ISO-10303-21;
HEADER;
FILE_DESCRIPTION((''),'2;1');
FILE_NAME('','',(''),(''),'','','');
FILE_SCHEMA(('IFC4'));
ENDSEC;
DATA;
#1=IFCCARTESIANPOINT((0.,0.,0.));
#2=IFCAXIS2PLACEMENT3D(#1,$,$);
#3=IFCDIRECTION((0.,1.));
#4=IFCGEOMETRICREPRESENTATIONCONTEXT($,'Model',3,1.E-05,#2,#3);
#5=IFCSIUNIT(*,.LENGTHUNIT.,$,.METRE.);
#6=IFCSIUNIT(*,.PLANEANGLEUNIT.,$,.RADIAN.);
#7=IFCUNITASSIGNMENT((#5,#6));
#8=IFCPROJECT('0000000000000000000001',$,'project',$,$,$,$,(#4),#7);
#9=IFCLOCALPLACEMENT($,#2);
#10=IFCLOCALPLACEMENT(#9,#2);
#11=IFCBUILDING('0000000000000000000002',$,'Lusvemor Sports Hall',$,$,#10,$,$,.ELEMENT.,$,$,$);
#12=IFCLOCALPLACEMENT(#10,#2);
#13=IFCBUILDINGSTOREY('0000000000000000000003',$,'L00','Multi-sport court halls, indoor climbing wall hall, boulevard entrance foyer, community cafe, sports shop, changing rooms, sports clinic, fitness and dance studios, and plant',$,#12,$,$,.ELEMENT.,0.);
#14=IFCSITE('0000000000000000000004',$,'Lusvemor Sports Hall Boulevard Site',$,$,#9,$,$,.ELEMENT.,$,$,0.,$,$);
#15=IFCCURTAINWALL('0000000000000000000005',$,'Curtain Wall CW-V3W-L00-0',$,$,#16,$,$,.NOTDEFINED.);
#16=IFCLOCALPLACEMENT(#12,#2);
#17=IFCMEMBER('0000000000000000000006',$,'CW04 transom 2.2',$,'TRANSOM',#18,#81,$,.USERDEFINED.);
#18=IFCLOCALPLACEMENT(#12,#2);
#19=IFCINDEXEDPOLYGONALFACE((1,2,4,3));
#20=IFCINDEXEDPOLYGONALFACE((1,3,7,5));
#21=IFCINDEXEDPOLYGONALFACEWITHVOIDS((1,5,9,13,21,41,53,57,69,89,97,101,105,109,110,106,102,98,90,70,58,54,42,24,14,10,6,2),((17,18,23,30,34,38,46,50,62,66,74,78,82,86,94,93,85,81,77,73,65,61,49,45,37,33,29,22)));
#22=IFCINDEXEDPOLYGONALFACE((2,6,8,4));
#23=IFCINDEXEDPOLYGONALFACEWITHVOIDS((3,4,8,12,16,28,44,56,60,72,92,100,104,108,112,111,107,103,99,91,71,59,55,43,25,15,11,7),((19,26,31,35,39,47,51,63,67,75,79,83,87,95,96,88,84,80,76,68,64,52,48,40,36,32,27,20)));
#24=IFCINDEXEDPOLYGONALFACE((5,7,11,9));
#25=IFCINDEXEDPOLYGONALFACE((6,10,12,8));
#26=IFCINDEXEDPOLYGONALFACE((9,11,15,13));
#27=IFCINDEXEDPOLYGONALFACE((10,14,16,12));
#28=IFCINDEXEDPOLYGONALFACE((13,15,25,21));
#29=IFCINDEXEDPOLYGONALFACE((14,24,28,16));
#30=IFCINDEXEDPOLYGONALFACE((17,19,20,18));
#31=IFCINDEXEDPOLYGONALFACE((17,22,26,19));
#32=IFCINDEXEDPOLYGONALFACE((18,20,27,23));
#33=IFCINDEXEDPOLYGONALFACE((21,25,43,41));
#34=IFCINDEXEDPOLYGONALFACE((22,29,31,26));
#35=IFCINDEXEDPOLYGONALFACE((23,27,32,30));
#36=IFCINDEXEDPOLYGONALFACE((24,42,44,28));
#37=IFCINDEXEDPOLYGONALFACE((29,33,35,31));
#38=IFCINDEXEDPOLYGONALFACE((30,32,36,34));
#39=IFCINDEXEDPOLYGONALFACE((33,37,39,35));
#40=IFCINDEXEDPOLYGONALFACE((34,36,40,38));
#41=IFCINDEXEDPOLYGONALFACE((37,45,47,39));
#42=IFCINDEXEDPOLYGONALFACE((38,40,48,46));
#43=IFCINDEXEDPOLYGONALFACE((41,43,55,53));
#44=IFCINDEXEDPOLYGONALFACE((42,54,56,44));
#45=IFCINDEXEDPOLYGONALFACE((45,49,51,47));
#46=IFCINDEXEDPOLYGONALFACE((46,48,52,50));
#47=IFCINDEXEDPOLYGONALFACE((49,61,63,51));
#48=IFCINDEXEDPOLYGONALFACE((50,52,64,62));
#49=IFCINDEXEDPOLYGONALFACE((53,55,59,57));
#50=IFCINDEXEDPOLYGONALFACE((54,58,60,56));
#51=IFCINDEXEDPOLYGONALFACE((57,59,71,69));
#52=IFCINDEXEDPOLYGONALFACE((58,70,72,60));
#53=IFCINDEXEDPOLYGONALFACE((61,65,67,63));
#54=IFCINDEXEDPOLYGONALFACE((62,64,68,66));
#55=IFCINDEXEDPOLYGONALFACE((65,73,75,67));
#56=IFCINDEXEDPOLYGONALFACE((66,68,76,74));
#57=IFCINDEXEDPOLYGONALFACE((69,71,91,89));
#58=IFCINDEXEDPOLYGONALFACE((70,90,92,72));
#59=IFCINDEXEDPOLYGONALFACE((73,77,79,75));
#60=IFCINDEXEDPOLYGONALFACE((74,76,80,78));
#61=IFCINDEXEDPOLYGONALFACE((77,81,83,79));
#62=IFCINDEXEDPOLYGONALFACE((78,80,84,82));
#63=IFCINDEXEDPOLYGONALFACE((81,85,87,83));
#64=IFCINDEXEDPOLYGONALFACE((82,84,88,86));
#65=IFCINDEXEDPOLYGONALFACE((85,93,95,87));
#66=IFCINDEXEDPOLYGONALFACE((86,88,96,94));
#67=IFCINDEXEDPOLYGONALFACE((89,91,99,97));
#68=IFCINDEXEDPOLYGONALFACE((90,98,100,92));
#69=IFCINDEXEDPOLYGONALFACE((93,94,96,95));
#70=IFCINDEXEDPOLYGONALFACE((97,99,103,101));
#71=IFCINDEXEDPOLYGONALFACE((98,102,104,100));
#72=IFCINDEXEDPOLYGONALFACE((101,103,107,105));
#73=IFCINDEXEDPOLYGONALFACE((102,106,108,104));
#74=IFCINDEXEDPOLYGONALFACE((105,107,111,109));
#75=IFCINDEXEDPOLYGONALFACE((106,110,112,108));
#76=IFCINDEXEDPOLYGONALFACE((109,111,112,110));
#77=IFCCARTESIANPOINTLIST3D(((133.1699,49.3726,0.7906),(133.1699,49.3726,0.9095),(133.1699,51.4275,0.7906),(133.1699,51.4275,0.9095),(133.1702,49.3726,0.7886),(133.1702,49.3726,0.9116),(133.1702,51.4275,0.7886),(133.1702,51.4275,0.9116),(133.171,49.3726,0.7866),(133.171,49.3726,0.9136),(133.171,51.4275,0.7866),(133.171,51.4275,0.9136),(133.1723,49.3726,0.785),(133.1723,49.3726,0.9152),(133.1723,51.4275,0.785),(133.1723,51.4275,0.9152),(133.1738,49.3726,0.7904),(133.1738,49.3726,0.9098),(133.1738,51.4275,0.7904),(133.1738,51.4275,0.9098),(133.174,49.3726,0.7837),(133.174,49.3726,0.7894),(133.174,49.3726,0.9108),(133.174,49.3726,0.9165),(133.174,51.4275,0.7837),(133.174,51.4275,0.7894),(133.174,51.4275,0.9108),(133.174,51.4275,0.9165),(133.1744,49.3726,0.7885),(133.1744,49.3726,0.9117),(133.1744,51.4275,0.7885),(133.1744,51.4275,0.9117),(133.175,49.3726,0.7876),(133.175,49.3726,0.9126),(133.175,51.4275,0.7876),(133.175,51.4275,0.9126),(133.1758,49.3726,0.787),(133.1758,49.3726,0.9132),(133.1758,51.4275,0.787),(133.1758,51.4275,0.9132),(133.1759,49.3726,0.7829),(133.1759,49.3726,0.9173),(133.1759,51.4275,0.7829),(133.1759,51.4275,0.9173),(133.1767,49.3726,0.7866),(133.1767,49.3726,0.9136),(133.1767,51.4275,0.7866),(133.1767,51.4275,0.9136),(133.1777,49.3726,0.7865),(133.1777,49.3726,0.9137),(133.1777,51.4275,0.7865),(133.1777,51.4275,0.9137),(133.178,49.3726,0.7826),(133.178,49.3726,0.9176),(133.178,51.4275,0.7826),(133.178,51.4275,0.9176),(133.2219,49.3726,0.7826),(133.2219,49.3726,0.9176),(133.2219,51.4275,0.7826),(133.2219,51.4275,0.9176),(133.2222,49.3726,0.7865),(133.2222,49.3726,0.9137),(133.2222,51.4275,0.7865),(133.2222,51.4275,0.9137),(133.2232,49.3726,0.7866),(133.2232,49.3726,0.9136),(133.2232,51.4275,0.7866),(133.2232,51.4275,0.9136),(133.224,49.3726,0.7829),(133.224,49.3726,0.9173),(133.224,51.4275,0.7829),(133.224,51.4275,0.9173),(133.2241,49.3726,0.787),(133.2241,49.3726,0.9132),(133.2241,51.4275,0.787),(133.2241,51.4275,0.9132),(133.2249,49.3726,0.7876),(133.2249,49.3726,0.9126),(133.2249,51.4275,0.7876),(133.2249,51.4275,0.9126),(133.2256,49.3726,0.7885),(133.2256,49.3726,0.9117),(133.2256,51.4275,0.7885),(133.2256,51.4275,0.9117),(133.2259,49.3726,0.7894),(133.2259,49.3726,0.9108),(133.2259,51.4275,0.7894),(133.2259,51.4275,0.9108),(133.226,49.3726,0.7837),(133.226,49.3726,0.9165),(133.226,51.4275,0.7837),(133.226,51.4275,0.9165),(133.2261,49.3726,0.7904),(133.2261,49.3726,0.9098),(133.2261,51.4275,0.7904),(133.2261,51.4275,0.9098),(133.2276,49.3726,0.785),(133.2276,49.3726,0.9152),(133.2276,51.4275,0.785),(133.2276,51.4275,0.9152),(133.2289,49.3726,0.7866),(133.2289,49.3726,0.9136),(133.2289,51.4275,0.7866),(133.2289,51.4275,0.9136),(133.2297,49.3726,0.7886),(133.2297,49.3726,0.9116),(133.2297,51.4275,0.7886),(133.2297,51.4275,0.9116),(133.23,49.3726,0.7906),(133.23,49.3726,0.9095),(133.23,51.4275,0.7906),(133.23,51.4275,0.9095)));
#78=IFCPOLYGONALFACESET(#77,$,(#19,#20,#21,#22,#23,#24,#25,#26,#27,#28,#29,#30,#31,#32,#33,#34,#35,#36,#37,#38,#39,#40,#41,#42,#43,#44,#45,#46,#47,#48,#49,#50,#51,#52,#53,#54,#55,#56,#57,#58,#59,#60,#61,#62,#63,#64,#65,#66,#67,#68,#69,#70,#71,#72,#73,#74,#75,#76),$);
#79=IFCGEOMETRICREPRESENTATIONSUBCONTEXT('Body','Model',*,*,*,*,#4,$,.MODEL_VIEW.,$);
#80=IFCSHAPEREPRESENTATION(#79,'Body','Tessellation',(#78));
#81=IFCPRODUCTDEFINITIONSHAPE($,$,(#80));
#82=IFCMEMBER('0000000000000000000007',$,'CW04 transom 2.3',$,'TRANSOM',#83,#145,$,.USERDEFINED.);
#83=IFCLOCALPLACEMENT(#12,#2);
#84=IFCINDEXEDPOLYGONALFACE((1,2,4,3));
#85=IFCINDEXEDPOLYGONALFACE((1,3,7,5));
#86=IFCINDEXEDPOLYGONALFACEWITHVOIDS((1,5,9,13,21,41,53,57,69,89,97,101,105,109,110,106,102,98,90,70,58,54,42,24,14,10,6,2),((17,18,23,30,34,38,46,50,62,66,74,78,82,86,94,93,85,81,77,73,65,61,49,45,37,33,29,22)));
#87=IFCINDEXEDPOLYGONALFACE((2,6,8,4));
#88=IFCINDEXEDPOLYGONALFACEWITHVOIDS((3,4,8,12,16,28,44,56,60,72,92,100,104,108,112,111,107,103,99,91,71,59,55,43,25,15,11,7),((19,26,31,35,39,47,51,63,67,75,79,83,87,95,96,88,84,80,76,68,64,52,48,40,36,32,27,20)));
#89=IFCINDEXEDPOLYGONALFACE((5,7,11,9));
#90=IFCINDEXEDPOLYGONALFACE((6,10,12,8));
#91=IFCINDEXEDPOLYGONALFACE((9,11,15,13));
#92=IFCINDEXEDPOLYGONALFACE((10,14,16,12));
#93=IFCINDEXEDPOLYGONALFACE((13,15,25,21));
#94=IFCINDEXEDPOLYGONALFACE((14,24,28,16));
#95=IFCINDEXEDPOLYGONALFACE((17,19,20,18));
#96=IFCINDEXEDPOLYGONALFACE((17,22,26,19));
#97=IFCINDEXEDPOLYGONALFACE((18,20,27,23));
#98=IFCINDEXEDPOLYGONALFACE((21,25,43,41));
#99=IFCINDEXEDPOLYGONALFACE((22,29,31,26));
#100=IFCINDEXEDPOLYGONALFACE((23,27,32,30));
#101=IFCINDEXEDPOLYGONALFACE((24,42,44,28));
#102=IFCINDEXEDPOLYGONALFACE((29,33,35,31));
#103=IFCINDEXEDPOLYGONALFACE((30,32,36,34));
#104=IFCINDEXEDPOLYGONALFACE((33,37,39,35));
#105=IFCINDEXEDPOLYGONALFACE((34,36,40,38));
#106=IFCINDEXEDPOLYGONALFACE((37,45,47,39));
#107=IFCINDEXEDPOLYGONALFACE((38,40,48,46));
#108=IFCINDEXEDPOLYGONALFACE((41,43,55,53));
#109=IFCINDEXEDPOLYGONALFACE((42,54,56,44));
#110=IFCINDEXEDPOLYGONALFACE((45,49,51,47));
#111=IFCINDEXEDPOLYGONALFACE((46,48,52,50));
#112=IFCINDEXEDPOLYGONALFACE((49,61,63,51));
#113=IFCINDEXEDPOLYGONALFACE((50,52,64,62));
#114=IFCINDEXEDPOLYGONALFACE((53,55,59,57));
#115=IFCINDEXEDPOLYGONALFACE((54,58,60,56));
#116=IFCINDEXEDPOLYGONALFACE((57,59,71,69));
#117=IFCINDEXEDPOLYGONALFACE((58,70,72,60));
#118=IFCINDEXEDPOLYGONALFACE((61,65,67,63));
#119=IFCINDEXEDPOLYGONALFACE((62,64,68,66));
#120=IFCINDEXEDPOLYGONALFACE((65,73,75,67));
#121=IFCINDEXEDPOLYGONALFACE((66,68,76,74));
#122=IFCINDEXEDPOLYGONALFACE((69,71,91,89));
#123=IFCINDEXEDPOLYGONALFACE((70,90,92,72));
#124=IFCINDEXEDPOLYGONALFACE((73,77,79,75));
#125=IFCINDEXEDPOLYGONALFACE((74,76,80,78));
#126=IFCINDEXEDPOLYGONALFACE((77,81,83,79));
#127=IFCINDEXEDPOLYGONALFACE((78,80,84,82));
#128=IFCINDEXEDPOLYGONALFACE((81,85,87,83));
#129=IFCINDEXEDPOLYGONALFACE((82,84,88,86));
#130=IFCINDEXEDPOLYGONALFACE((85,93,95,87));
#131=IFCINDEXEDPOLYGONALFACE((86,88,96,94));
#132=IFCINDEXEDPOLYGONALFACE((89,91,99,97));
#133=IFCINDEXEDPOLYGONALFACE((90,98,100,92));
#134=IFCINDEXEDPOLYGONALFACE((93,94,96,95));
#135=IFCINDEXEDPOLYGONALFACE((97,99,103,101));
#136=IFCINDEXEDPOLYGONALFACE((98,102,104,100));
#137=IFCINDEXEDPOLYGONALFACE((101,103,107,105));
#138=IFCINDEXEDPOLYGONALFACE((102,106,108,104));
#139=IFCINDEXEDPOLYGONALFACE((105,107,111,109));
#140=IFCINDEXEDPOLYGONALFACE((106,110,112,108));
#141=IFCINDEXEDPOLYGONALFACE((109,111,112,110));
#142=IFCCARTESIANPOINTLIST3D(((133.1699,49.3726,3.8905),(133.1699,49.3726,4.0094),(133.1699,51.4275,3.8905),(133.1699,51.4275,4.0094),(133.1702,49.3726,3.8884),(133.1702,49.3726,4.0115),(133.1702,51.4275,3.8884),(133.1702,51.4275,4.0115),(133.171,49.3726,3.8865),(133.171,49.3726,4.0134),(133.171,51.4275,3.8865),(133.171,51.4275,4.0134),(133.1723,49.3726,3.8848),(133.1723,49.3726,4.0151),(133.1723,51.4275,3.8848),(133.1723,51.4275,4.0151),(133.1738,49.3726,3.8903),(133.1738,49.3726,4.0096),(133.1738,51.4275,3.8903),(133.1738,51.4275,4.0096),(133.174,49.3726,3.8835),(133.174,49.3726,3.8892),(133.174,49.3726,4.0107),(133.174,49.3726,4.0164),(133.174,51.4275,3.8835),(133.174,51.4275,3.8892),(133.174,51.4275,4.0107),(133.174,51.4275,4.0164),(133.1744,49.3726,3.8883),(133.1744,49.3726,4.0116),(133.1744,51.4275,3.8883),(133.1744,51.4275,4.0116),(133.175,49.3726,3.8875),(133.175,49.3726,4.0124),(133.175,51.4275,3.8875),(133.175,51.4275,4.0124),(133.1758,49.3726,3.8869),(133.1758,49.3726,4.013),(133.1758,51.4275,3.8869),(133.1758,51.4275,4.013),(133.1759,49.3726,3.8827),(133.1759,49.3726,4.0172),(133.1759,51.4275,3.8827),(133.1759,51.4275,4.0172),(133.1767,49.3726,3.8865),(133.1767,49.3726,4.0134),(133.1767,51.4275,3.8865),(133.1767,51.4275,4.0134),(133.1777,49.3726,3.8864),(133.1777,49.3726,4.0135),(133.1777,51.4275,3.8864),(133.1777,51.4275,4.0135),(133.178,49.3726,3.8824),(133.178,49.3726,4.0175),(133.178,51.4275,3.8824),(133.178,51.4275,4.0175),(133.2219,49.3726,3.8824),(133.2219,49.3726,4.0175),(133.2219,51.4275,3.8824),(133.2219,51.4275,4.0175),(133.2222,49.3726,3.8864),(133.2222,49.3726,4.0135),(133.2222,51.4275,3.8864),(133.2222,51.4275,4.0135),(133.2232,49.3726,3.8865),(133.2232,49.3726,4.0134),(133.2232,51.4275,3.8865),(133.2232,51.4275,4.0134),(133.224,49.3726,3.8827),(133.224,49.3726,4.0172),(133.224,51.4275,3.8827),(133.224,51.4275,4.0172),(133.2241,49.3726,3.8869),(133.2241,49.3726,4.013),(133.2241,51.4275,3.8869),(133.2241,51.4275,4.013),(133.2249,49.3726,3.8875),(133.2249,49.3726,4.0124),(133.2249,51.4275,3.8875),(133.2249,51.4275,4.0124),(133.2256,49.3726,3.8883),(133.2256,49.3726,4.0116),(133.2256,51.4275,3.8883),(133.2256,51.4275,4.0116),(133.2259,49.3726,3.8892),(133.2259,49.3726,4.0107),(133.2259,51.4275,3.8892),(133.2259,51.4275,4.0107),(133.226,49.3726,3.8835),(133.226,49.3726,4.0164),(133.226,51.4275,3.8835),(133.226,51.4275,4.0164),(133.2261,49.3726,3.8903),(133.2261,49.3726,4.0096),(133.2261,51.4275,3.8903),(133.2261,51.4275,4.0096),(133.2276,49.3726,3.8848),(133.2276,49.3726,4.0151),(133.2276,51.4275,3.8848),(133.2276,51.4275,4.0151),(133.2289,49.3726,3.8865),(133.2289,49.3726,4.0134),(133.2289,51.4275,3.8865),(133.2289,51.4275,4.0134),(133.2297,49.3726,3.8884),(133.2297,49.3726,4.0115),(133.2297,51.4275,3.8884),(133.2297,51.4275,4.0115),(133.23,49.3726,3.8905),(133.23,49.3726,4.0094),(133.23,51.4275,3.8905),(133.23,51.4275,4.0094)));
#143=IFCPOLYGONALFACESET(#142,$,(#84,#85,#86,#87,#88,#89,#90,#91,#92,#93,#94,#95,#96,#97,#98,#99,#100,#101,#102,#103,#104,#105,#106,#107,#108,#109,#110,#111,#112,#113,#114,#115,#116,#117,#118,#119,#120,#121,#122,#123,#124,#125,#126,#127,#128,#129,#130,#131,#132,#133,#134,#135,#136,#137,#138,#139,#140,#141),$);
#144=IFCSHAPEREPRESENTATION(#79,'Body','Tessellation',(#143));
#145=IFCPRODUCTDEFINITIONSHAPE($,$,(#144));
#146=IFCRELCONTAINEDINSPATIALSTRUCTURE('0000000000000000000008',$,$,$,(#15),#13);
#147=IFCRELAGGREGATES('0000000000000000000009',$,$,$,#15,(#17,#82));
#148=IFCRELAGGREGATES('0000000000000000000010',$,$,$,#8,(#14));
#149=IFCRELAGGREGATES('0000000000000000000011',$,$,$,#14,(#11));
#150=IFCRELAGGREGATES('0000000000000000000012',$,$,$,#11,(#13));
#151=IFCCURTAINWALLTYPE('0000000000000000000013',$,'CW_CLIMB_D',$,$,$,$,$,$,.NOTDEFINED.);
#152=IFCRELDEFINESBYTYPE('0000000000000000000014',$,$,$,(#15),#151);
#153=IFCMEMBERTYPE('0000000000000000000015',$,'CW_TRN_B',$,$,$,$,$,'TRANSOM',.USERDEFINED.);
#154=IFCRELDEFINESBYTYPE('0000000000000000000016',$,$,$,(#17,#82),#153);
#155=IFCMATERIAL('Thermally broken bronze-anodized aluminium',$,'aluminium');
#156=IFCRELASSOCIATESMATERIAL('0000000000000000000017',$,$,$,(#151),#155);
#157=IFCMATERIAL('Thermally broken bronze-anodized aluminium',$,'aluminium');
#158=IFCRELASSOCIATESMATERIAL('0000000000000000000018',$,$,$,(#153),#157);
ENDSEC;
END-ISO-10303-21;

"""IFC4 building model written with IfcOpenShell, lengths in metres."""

from ifc_helpers import new_model, si_unit, direction, frame, origin, origin_2d, place, context, subcontext, project, spatial, hollow_rectangle, extrude, material, material_profile, profile_set, type_object, element, aggregate, save


model = new_model("IFC4")

# Units and contexts
model_context = context("Model", 3, precision=1e-05, world=origin(), true_north=direction((0.0, 1.0)))
body_context = subcontext(model_context, "Body", "Model", "MODEL_VIEW")
ifc_project = project(units=[si_unit("LENGTHUNIT", "METRE"), si_unit("PLANEANGLEUNIT", "RADIAN")], contexts=[model_context])

# Site, building, storey
site_placement = place(None, origin())
site = spatial("IfcSite", under=ifc_project, at=site_placement, Name="Lusvemor Sports Hall Boulevard Site", CompositionType="ELEMENT", RefElevation=0.0)
building_placement = place(site_placement, origin())
building = spatial("IfcBuilding", under=site, at=building_placement, Name="Lusvemor Sports Hall", CompositionType="ELEMENT")
storey_placement = place(building_placement, origin())
storey = spatial("IfcBuildingStorey", under=building, at=storey_placement, Name="L00", Description="Multi-sport court halls, indoor climbing wall hall, boulevard entrance foyer, community cafe, sports shop, changing rooms, sports clinic, fitness and dance studios, and plant", CompositionType="ELEMENT", Elevation=0.0)

# Curtain wall, members
ifc_material_1 = material(Name="Thermally broken bronze-anodized aluminium", Category="aluminium")
curtain_wall_type = type_object("IfcCurtainWallType", Name="CW_CLIMB_D", PredefinedType="NOTDEFINED", material=ifc_material_1)
curtain_wall_placement = place(storey_placement, origin())
curtain_wall = element("IfcCurtainWall", 1, at=curtain_wall_placement, inside=storey, type_object=curtain_wall_type, Name="Curtain Wall CW-V3W-L00-0", PredefinedType="NOTDEFINED")
ifc_material_2 = material(Name="Thermally broken bronze-anodized aluminium", Category="aluminium")
ifc_material_profile_1 = material_profile(ifc_material_2, hollow_rectangle(XDim=0.0601, YDim=0.135, WallThickness=0.0039, InnerFilletRadius=0.0039, OuterFilletRadius=0.0081, at=origin_2d()), Name="CWTRN135x60x4")
ifc_profile_set_1 = profile_set([ifc_material_profile_1], Name="Thermally broken bronze-anodized aluminium")
member_type_1 = type_object("IfcMemberType", Name="CW_TRN_B", ElementType="TRANSOM", PredefinedType="USERDEFINED", material=ifc_profile_set_1)
member_1_placement = place(storey_placement, frame((133.2, 49.3726, 0.8501), z_axis=(0.0, 1.0, 0.0), x_axis=(-1.0, 0.0, 0.0)))
member_1 = element("IfcMember", 2, at=member_1_placement, type_object=member_type_1, Name="CW04 transom 2.2", ObjectType="TRANSOM", PredefinedType="USERDEFINED", context=body_context, shape_type="SweptSolid", body=[
    extrude(hollow_rectangle(XDim=0.0601, YDim=0.135, WallThickness=0.0039, InnerFilletRadius=0.0039, OuterFilletRadius=0.0081, at=origin_2d()), origin(), (0.0, 0.0, 1.0), 2.0549),
])
member_2_placement = place(storey_placement, frame((133.2, 49.3726, 3.95), z_axis=(0.0, 1.0, 0.0), x_axis=(-1.0, 0.0, 0.0)))
member_2 = element("IfcMember", 3, at=member_2_placement, type_object=member_type_1, Name="CW04 transom 2.3", ObjectType="TRANSOM", PredefinedType="USERDEFINED", context=body_context, shape_type="SweptSolid", body=[
    extrude(hollow_rectangle(XDim=0.0601, YDim=0.135, WallThickness=0.0039, InnerFilletRadius=0.0039, OuterFilletRadius=0.0081, at=origin_2d()), origin(), (0.0, 0.0, 1.0), 2.0549),
])
aggregate(curtain_wall, [member_1, member_2])

save(model, "model.ifc")
